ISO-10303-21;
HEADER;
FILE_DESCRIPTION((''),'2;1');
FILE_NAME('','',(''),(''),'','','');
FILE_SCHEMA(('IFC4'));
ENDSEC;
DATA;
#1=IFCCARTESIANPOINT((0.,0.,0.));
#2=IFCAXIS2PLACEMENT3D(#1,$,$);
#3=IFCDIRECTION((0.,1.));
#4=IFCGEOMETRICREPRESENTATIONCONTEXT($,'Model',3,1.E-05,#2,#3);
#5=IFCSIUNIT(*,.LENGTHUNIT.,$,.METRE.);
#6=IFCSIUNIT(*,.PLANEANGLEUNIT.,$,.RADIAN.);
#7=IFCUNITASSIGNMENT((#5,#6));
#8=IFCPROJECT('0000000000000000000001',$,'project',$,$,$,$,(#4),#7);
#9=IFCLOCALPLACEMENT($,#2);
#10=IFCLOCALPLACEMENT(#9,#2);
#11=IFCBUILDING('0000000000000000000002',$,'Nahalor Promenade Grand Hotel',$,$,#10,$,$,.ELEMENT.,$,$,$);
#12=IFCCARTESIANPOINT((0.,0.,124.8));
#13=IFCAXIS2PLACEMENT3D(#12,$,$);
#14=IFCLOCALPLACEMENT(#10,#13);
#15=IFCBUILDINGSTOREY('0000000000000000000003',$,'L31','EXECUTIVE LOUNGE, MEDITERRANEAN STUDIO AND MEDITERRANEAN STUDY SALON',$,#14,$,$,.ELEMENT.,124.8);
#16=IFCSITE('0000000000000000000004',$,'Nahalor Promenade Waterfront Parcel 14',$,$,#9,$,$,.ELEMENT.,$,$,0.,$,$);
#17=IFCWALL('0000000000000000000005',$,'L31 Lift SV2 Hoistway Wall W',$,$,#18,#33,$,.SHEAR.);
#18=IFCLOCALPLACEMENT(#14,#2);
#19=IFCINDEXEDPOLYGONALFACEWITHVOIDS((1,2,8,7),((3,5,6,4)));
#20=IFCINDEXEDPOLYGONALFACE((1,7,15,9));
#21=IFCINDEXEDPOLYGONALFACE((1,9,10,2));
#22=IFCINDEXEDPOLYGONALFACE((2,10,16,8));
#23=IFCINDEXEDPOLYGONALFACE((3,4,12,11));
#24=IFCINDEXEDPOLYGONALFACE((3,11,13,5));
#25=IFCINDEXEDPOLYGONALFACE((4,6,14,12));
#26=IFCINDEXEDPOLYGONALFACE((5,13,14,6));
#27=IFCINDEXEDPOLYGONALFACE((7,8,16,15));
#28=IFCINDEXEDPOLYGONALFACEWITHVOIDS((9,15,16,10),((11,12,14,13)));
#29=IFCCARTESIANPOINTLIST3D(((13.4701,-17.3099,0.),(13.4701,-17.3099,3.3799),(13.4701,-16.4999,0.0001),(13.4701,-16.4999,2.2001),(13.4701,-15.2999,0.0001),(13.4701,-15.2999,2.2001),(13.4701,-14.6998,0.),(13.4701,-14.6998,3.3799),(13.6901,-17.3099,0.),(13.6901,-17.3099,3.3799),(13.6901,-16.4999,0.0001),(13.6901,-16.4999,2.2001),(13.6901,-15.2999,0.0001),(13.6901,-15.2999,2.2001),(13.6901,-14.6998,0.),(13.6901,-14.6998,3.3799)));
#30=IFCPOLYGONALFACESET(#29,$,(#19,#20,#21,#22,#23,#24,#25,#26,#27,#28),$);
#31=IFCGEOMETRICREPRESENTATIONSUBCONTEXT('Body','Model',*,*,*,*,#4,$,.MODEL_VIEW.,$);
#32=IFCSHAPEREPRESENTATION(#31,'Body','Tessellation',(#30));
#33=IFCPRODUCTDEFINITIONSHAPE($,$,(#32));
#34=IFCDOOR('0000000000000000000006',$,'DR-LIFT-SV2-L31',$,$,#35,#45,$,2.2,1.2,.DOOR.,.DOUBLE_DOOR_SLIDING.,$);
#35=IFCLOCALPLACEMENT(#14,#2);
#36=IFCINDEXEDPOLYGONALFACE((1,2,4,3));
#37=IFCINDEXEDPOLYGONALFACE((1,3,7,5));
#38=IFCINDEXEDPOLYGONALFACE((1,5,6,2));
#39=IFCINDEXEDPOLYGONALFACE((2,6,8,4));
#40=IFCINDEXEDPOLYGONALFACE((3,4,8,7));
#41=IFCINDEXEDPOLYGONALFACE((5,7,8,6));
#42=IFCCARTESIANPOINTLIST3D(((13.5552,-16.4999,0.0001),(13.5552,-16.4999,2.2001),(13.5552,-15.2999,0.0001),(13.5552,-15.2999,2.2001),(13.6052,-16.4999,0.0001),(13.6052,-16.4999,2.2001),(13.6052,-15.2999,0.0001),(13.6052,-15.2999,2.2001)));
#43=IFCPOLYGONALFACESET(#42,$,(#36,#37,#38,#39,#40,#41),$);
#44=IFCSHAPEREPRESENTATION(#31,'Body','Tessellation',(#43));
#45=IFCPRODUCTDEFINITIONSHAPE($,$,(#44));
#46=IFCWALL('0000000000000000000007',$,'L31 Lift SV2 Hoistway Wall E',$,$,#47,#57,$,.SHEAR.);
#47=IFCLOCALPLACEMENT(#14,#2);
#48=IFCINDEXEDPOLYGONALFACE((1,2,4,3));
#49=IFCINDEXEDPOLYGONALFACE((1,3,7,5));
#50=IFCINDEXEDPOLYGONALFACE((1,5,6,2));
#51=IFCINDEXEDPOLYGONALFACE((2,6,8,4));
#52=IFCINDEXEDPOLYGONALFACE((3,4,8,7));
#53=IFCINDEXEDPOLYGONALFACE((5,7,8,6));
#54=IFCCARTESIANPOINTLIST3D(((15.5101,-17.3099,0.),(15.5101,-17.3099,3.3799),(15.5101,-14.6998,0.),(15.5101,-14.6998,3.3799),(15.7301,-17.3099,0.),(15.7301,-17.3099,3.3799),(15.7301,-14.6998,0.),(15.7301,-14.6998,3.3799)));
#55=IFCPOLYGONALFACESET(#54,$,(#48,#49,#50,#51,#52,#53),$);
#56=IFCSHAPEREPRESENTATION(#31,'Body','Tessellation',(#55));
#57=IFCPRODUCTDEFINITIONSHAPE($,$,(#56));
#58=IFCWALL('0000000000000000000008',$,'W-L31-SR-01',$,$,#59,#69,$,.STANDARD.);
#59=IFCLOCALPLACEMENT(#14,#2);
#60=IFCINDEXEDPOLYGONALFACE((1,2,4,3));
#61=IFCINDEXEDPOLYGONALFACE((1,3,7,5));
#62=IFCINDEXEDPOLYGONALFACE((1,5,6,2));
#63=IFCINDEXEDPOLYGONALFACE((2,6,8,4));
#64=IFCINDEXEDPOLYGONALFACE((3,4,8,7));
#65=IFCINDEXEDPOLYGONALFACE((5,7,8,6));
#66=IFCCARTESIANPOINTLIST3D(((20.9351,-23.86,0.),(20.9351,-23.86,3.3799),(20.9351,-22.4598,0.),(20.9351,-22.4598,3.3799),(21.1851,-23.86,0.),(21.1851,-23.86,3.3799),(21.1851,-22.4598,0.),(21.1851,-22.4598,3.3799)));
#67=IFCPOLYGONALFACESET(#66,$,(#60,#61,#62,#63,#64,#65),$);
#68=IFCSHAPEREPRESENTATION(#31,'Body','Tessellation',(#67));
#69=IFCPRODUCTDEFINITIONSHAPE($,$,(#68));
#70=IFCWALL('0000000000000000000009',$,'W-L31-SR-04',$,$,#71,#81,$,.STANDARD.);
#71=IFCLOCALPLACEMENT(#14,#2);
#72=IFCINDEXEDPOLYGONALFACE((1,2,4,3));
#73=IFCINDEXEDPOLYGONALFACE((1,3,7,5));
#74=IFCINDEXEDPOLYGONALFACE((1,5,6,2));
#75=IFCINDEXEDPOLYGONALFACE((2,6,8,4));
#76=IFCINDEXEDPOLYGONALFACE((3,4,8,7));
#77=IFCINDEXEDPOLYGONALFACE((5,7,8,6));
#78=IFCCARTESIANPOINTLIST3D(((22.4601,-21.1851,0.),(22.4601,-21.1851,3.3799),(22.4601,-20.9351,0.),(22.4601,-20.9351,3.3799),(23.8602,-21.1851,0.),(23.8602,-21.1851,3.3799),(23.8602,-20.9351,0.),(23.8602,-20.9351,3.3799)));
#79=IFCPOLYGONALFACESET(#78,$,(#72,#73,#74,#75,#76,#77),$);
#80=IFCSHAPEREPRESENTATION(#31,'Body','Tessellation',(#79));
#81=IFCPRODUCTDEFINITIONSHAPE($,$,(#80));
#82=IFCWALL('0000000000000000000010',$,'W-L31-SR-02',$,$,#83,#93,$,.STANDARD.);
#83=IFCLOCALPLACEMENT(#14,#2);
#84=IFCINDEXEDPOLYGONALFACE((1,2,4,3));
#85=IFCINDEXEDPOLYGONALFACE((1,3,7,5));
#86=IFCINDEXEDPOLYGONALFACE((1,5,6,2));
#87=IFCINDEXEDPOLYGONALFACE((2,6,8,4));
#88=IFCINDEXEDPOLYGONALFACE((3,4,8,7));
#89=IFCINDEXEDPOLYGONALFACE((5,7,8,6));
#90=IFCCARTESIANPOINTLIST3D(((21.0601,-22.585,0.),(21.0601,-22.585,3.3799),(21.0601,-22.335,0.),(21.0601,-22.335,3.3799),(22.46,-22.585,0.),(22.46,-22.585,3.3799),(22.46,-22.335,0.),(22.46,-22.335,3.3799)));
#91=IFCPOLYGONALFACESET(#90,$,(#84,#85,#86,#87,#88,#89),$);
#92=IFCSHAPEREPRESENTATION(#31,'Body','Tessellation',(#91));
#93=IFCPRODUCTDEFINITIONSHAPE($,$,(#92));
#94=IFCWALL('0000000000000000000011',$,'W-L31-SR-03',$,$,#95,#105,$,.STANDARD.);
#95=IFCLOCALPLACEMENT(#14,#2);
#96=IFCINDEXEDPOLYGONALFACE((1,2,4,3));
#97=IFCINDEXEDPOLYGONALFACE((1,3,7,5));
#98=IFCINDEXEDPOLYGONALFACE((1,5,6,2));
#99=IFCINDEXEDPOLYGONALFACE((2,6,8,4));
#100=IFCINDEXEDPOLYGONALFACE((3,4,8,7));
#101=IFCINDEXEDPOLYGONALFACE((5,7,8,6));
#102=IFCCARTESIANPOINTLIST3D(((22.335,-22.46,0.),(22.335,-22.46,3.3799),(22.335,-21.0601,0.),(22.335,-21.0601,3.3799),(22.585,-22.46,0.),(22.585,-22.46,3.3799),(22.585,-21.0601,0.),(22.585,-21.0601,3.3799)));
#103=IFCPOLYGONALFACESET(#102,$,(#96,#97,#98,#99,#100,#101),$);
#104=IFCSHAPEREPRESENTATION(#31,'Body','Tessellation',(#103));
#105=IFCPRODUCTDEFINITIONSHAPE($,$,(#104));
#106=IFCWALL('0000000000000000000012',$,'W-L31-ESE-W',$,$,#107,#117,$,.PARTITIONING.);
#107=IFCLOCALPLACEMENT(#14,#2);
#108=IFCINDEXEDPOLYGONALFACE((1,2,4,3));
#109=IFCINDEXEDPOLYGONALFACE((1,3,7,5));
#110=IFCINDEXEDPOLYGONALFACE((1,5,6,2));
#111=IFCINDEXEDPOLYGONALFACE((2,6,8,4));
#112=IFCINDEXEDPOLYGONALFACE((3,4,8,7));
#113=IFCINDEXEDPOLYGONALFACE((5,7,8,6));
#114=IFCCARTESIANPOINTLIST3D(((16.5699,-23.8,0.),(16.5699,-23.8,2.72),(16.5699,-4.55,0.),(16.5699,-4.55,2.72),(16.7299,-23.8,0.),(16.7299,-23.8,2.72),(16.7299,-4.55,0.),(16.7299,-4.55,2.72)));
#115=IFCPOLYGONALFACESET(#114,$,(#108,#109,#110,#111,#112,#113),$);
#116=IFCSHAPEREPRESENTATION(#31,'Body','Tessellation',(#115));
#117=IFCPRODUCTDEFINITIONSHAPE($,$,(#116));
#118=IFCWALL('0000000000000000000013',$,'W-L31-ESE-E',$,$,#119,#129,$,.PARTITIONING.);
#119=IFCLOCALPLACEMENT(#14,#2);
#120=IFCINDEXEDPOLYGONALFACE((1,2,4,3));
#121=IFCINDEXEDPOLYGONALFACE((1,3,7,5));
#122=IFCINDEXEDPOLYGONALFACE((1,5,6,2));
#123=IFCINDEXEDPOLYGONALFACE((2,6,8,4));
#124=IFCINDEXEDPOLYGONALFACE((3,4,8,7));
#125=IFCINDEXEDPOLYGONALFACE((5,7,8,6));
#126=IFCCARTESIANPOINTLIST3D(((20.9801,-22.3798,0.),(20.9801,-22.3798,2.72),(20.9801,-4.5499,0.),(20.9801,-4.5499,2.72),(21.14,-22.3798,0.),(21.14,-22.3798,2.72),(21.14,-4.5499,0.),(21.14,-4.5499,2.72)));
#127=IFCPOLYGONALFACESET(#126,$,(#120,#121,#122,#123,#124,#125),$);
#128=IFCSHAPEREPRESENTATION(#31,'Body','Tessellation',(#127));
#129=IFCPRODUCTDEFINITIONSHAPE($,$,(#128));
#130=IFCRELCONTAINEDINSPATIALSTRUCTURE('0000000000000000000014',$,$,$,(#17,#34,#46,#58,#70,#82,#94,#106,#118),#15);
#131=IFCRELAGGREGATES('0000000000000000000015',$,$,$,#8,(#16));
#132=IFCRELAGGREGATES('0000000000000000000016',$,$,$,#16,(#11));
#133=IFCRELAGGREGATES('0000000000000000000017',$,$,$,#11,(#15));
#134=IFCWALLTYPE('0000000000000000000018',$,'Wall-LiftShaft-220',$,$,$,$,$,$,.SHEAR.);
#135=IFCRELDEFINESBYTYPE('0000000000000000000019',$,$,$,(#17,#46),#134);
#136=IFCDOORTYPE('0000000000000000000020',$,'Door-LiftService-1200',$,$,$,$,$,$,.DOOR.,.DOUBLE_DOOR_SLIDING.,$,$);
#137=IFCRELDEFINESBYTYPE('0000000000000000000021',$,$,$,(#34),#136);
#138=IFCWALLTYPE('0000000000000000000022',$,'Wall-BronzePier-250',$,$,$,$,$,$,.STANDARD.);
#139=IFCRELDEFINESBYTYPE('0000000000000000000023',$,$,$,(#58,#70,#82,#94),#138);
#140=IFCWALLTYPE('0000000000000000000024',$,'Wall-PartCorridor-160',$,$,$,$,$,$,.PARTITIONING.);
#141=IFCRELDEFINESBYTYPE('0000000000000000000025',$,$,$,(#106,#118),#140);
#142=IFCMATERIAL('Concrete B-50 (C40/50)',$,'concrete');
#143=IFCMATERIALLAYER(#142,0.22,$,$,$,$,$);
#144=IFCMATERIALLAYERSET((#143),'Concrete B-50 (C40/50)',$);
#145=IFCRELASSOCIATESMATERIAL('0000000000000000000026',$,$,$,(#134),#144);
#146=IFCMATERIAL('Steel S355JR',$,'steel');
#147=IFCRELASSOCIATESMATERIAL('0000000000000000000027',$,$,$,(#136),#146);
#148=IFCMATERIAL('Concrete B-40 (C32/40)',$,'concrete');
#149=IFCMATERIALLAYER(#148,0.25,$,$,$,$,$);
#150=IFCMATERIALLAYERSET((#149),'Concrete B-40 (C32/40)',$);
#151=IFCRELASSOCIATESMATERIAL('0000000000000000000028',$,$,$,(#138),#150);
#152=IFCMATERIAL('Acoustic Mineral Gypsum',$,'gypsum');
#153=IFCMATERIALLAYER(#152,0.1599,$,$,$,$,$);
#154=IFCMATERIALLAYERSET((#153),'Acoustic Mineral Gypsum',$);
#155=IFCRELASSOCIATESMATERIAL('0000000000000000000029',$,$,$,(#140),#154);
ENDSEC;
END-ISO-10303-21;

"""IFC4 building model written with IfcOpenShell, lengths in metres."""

from ifc_helpers import new_model, si_unit, direction, frame, frame_2d, origin, place, context, subcontext, project, spatial, rectangle, extrude, source, transform, mapped, material, layer, layer_set, type_object, element, fill, save


model = new_model("IFC4")

# Units and contexts
model_context = context("Model", 3, precision=1e-05, world=origin(), true_north=direction((0.0, 1.0)))
body_context = subcontext(model_context, "Body", "Model", "MODEL_VIEW")
ifc_project = project(units=[si_unit("LENGTHUNIT", "METRE"), si_unit("PLANEANGLEUNIT", "RADIAN")], contexts=[model_context])

# Site, building, storey
site_placement = place(None, origin())
site = spatial("IfcSite", under=ifc_project, at=site_placement, Name="Nahalor Promenade Waterfront Parcel 14", CompositionType="ELEMENT", RefElevation=0.0)
building_placement = place(site_placement, origin())
building = spatial("IfcBuilding", under=site, at=building_placement, Name="Nahalor Promenade Grand Hotel", CompositionType="ELEMENT")
storey_placement = place(building_placement, frame((0.0, 0.0, 124.8)))
storey = spatial("IfcBuildingStorey", under=building, at=storey_placement, Name="L31", Description="EXECUTIVE LOUNGE, MEDITERRANEAN STUDIO AND MEDITERRANEAN STUDY SALON", CompositionType="ELEMENT", Elevation=124.8)

# Shared definitions
ifc_material_1 = material(Name="Steel S355JR", Category="steel")

# Shared definitions
ifc_material_2 = material(Name="Concrete B-50 (C40/50)", Category="concrete")
ifc_layer_1 = layer(ifc_material_2, 0.22)
ifc_layer_set_1 = layer_set([ifc_layer_1], Name="Concrete B-50 (C40/50)")
wall_type_1 = type_object("IfcWallType", Name="Wall-LiftShaft-220", PredefinedType="SHEAR", material=ifc_layer_set_1)

# Wall, opening, door
shared_shape_1 = source(origin(), body_context, "Body", "SweptSolid", [
    extrude(rectangle(XDim=2.6101, YDim=0.22, at=frame_2d((1.3052, 0.0))), origin(), (0.0, 0.0, 1.0), 3.3799),
])
wall_1_placement = place(storey_placement, frame((13.5801, -17.3101, 0.0), z_axis=(0.0, 0.0, 1.0), x_axis=(0.0, 1.0, 0.0)))
wall_1 = element("IfcWall", 1, at=wall_1_placement, inside=storey, type_object=wall_type_1, Name="L31 Lift SV2 Hoistway Wall W", PredefinedType="SHEAR", context=body_context, shape_type="MappedRepresentation", body=[
    mapped(shared_shape_1, transform((0.0, 0.0, 0.0), scale=1.0)),
])
opening_placement = place(wall_1_placement, frame((0.8101, 0.0, 0.0)))
opening = element("IfcOpeningElement", 2, at=opening_placement, cuts=wall_1, PredefinedType="OPENING", context=body_context, shape_type="SweptSolid", body=[
    extrude(rectangle(XDim=1.2, YDim=2.2, at=frame_2d((0.6001, 1.1001))), frame((0.0, 0.1199, 0.0), z_axis=(0.0, -1.0, 0.0), x_axis=(1.0, 0.0, 0.0)), (0.0, 0.0, 1.0), 0.24),
])
door_type = type_object("IfcDoorType", Name="Door-LiftService-1200", OperationType="DOUBLE_DOOR_SLIDING", PredefinedType="DOOR", material=ifc_material_1)
shared_shape_2 = source(origin(), body_context, "Body", "SweptSolid", [
    extrude(rectangle(XDim=1.2, YDim=2.2, at=frame_2d((0.6001, 1.1001))), frame((0.0, 0.0249, 0.0), z_axis=(0.0, -1.0, 0.0), x_axis=(1.0, 0.0, 0.0)), (0.0, 0.0, 1.0), 0.05),
])
door_placement = place(opening_placement, origin())
door = element("IfcDoor", 3, at=door_placement, inside=storey, type_object=door_type, Name="DR-LIFT-SV2-L31", OperationType="DOUBLE_DOOR_SLIDING", OverallHeight=2.2, OverallWidth=1.2, PredefinedType="DOOR", context=body_context, shape_type="MappedRepresentation", body=[
    mapped(shared_shape_2, transform((0.0, 0.0, 0.0), scale=1.0)),
])
fill(opening, door)

# Walls
wall_2_placement = place(storey_placement, frame((15.6201, -17.3101, 0.0), z_axis=(0.0, 0.0, 1.0), x_axis=(0.0, 1.0, 0.0)))
element("IfcWall", 4, at=wall_2_placement, inside=storey, type_object=wall_type_1, Name="L31 Lift SV2 Hoistway Wall E", PredefinedType="SHEAR", context=body_context, shape_type="MappedRepresentation", body=[
    mapped(shared_shape_1, transform((0.0, 0.0, 0.0), scale=1.0)),
])
ifc_material_3 = material(Name="Concrete B-40 (C32/40)", Category="concrete")
ifc_layer_2 = layer(ifc_material_3, 0.25)
ifc_layer_set_2 = layer_set([ifc_layer_2], Name="Concrete B-40 (C32/40)")
wall_type_2 = type_object("IfcWallType", Name="Wall-BronzePier-250", PredefinedType="STANDARD", material=ifc_layer_set_2)
shared_shape_3 = source(origin(), body_context, "Body", "SweptSolid", [
    extrude(rectangle(XDim=1.4001, YDim=0.25, at=frame_2d((0.7002, 0.0))), origin(), (0.0, 0.0, 1.0), 3.3799),
])
for number, where, z_axis, x_axis, name in (
    (5, (21.0601, -23.8601, 0.0), (0.0, 0.0, 1.0), (0.0, 1.0, 0.0), "W-L31-SR-01"),
    (6, (22.46, -21.0601, 0.0), (0.0, 0.0, 1.0), (1.0, 0.0, 0.0), "W-L31-SR-04"),
):
    element("IfcWall", number, at=place(storey_placement, frame(where, z_axis=z_axis, x_axis=x_axis)), inside=storey, type_object=wall_type_2, Name=name, PredefinedType="STANDARD", context=body_context, shape_type="MappedRepresentation", body=[
        mapped(shared_shape_3, transform((0.0, 0.0, 0.0), scale=1.0)),
    ])
shared_shape_4 = source(origin(), body_context, "Body", "SweptSolid", [
    extrude(rectangle(XDim=1.3999, YDim=0.25, at=frame_2d((0.7, 0.0))), origin(), (0.0, 0.0, 1.0), 3.3799),
])
for number, where, z_axis, x_axis, name in (
    (7, (21.0601, -22.46, 0.0), (0.0, 0.0, 1.0), (1.0, 0.0, 0.0), "W-L31-SR-02"),
    (8, (22.46, -22.46, 0.0), (0.0, 0.0, 1.0), (0.0, 1.0, 0.0), "W-L31-SR-03"),
):
    element("IfcWall", number, at=place(storey_placement, frame(where, z_axis=z_axis, x_axis=x_axis)), inside=storey, type_object=wall_type_2, Name=name, PredefinedType="STANDARD", context=body_context, shape_type="MappedRepresentation", body=[
        mapped(shared_shape_4, transform((0.0, 0.0, 0.0), scale=1.0)),
    ])
ifc_material_4 = material(Name="Acoustic Mineral Gypsum", Category="gypsum")
ifc_layer_3 = layer(ifc_material_4, 0.1599)
ifc_layer_set_3 = layer_set([ifc_layer_3], Name="Acoustic Mineral Gypsum")
wall_type_3 = type_object("IfcWallType", Name="Wall-PartCorridor-160", PredefinedType="PARTITIONING", material=ifc_layer_set_3)
shared_shape_5 = source(origin(), body_context, "Body", "SweptSolid", [
    extrude(rectangle(XDim=19.25, YDim=0.1599, at=frame_2d((9.625, 0.0))), origin(), (0.0, 0.0, 1.0), 2.72),
])
wall_3_placement = place(storey_placement, frame((16.6499, -23.8, 0.0), z_axis=(0.0, 0.0, 1.0), x_axis=(0.0, 1.0, 0.0)))
element("IfcWall", 9, at=wall_3_placement, inside=storey, type_object=wall_type_3, Name="W-L31-ESE-W", PredefinedType="PARTITIONING", context=body_context, shape_type="MappedRepresentation", body=[
    mapped(shared_shape_5, transform((0.0, 0.0, 0.0), scale=1.0)),
])
shared_shape_6 = source(origin(), body_context, "Body", "SweptSolid", [
    extrude(rectangle(XDim=17.8298, YDim=0.1599, at=frame_2d((8.915, 0.0))), origin(), (0.0, 0.0, 1.0), 2.72),
])
wall_4_placement = place(storey_placement, frame((21.0601, -22.3799, 0.0), z_axis=(0.0, 0.0, 1.0), x_axis=(0.0, 1.0, 0.0)))
element("IfcWall", 10, at=wall_4_placement, inside=storey, type_object=wall_type_3, Name="W-L31-ESE-E", PredefinedType="PARTITIONING", context=body_context, shape_type="MappedRepresentation", body=[
    mapped(shared_shape_6, transform((0.0, 0.0, 0.0), scale=1.0)),
])

save(model, "model.ifc")
